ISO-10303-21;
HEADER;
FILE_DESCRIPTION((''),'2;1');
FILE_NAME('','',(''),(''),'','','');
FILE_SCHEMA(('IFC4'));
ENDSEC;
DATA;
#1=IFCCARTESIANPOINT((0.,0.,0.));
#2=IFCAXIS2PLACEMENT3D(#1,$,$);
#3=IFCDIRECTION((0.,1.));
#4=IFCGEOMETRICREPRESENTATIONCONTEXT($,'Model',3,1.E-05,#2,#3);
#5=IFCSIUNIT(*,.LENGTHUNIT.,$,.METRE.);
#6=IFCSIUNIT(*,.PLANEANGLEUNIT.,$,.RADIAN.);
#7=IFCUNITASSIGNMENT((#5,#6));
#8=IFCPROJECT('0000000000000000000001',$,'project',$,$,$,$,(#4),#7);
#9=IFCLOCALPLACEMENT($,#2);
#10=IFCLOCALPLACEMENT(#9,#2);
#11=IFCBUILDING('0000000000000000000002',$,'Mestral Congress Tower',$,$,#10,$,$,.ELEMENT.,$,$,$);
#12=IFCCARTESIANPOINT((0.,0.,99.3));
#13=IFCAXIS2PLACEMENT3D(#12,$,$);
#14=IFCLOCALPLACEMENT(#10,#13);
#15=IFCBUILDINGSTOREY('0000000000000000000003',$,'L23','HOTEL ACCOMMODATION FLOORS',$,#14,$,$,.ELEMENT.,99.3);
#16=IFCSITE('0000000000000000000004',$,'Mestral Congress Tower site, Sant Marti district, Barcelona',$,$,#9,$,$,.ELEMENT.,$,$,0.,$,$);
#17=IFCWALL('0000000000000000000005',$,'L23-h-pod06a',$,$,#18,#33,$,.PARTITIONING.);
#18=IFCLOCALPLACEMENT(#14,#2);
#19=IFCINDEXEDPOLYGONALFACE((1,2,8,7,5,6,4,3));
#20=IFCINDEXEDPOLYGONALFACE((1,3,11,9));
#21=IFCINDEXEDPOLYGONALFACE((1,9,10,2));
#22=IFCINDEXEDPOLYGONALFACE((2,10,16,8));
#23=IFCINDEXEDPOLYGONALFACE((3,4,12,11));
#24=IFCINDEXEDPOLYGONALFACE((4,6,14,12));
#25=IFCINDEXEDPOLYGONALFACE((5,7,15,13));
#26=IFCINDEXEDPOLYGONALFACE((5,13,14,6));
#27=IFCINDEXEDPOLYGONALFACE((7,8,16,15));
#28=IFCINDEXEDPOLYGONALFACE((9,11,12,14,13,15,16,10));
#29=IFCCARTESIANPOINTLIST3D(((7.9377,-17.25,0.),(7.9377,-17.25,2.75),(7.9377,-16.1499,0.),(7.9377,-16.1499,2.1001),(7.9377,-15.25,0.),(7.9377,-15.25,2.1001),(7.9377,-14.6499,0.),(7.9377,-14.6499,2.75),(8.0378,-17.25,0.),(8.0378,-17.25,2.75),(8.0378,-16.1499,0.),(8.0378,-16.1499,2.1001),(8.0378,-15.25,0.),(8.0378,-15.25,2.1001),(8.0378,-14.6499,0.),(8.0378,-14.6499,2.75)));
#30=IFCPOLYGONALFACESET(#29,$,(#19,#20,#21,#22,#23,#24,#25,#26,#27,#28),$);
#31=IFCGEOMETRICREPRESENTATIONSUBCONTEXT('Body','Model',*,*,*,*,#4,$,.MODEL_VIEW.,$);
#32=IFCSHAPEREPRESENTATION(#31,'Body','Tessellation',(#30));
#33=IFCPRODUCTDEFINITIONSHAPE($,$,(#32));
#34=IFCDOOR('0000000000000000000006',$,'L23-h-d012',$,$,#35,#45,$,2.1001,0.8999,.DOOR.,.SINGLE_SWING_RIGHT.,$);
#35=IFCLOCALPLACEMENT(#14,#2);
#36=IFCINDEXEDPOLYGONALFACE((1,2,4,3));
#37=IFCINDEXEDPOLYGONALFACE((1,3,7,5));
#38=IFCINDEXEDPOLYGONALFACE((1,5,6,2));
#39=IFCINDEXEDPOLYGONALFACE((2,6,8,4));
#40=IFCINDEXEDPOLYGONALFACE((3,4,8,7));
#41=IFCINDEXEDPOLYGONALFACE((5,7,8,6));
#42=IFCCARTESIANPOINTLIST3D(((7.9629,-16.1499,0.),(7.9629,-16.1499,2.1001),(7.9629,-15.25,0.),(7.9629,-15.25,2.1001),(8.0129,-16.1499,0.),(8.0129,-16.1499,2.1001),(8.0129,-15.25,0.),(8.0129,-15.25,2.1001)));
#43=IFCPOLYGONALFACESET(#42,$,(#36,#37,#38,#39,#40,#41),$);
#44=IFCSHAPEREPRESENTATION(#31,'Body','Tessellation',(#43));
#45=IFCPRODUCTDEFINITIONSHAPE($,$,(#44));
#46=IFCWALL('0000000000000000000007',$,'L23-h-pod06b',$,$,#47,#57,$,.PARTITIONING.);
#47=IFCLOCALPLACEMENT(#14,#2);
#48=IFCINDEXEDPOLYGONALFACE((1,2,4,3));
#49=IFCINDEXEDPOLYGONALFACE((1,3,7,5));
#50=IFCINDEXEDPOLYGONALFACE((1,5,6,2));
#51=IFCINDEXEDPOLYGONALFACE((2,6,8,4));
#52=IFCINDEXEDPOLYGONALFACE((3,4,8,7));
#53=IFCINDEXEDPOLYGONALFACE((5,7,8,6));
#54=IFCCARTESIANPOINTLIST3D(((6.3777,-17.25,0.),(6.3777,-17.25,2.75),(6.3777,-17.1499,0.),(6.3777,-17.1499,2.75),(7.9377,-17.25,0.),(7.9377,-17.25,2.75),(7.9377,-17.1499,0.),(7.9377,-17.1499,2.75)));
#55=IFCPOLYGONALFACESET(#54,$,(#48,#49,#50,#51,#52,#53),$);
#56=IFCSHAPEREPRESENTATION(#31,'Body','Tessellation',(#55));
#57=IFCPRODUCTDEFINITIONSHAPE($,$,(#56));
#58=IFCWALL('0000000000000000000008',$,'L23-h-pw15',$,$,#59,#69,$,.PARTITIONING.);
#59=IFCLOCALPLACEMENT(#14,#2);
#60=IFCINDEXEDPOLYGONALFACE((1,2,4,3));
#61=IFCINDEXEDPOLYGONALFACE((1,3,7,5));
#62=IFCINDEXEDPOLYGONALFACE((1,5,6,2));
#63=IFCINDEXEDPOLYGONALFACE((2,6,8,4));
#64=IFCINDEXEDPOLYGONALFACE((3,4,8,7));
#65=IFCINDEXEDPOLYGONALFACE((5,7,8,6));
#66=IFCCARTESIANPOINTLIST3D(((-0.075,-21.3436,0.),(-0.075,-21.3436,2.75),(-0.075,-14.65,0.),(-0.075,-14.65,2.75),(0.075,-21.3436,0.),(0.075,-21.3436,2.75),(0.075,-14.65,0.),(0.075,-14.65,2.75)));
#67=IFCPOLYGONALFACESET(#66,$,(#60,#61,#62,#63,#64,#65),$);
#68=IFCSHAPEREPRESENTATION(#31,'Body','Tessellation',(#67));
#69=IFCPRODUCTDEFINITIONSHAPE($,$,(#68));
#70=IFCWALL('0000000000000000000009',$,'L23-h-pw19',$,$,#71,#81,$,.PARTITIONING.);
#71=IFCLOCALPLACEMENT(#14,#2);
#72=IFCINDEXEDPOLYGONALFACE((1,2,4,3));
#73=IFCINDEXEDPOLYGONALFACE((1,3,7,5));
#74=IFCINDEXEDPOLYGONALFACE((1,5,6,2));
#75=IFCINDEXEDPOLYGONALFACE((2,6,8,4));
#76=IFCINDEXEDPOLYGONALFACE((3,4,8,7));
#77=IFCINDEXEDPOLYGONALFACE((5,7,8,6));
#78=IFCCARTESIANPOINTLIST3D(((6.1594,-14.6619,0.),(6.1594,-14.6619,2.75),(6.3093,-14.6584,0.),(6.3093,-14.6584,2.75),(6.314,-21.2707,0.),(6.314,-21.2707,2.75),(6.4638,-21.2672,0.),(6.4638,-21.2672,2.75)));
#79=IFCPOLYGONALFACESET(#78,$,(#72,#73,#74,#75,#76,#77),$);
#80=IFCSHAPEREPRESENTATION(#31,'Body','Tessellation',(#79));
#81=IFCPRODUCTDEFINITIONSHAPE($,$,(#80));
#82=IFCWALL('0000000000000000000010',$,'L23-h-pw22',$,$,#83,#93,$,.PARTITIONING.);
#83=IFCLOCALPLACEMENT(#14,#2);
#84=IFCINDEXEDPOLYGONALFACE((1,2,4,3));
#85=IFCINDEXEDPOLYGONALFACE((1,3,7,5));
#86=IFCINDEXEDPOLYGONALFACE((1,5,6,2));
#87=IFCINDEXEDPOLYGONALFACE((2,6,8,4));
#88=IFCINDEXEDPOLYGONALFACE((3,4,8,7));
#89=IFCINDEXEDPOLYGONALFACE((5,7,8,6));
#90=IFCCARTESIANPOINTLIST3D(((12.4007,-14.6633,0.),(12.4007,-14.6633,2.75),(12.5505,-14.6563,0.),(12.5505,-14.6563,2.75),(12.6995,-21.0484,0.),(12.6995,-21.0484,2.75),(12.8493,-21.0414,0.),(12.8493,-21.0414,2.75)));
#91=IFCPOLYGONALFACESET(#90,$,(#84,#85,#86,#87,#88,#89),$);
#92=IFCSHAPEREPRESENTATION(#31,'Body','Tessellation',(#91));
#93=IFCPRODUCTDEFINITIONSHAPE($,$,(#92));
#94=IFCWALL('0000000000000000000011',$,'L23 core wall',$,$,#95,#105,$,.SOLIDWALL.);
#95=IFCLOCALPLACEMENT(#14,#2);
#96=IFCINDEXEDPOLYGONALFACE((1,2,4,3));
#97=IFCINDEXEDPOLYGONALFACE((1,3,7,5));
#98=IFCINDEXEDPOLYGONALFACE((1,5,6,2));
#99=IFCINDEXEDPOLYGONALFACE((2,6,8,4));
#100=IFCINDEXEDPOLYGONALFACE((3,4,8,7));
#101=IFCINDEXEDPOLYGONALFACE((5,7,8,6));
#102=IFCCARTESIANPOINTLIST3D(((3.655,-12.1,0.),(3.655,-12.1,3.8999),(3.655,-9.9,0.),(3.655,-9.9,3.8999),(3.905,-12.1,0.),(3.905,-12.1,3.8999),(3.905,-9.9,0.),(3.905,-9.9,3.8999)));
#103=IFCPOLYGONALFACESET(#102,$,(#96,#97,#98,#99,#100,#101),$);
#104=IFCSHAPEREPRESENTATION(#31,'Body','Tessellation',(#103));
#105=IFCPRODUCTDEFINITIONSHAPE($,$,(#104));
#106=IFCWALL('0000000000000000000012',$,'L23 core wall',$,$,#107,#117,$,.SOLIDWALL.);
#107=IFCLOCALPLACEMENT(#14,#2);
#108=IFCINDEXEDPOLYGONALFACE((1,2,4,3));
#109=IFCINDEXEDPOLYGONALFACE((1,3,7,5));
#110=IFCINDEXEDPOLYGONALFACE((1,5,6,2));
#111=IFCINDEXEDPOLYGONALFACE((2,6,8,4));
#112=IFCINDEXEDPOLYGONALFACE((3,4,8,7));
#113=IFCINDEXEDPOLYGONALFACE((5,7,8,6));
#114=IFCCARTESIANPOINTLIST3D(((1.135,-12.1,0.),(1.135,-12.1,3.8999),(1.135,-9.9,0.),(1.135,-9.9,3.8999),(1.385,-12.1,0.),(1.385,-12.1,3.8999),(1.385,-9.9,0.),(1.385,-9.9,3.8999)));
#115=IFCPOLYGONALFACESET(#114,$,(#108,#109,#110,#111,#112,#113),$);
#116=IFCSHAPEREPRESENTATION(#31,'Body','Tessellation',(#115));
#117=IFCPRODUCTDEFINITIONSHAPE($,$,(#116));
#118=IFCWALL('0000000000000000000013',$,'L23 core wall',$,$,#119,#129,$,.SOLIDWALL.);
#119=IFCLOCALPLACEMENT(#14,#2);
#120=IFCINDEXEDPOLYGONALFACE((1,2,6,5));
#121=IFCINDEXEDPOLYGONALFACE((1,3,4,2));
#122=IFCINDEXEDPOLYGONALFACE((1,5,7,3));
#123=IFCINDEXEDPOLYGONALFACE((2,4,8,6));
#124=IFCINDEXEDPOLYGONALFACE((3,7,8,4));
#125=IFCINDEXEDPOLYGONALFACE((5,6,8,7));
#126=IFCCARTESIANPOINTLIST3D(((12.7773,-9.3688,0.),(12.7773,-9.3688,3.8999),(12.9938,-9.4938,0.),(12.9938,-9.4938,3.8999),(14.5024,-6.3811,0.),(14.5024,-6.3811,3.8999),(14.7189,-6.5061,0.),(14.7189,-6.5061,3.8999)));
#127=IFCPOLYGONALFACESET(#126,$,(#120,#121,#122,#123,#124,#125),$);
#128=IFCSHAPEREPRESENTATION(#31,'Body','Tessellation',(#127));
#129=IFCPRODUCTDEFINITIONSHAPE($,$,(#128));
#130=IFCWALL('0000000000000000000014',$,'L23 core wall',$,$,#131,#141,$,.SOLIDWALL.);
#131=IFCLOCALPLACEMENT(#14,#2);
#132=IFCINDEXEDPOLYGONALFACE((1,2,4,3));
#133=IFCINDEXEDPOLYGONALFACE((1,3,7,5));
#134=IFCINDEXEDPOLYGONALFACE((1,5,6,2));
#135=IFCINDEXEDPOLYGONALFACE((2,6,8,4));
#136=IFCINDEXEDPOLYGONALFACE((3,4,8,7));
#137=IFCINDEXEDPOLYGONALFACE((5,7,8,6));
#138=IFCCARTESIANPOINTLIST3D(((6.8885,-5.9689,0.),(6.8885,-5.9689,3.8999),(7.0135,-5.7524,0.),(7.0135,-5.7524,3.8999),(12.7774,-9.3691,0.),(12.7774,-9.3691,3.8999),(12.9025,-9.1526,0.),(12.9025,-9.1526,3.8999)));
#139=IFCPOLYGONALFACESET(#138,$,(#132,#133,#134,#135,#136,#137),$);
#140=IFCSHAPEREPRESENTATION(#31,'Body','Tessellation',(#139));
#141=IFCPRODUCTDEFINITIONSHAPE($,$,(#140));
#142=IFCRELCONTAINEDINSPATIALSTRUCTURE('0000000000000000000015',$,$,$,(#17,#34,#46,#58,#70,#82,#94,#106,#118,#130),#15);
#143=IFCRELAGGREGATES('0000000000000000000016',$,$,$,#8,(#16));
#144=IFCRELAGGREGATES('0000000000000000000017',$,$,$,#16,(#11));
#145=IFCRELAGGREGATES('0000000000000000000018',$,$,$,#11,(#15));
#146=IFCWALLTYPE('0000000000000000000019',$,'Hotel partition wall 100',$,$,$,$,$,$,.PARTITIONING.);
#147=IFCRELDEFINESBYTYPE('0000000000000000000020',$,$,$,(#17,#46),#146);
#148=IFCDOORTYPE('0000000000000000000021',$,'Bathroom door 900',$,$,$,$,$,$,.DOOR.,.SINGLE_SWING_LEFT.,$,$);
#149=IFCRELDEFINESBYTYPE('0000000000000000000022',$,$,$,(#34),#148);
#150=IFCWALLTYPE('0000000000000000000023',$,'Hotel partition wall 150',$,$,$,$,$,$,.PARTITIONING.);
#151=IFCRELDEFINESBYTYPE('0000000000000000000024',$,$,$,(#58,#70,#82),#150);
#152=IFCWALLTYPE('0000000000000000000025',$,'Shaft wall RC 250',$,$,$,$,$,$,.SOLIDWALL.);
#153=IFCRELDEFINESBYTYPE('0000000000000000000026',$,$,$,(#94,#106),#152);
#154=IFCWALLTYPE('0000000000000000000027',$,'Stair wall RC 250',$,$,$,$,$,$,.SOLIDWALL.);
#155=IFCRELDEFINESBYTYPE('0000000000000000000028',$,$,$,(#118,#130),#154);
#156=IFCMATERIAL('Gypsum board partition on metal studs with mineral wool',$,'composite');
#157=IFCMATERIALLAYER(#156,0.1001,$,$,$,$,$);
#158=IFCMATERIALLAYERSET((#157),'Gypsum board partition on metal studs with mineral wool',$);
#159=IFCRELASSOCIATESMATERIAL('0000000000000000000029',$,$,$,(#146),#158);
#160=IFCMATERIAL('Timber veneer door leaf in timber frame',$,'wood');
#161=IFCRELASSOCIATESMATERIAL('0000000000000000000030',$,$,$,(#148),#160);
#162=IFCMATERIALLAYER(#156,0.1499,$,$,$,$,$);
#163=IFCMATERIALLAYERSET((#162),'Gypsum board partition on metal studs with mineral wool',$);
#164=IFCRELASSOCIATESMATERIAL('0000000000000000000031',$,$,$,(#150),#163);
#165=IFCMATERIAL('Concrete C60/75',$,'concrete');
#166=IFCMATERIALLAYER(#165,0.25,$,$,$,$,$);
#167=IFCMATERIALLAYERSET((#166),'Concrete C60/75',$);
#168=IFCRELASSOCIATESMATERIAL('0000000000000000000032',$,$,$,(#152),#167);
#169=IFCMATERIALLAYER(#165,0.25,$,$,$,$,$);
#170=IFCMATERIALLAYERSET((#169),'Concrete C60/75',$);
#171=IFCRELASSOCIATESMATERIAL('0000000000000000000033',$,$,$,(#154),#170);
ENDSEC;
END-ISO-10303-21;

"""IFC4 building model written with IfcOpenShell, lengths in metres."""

from ifc_helpers import new_model, si_unit, direction, frame, frame_2d, origin, place, context, subcontext, project, spatial, rectangle, extrude, material, layer, layer_set, type_object, element, fill, save


model = new_model("IFC4")

# Units and contexts
model_context = context("Model", 3, precision=1e-05, world=origin(), true_north=direction((0.0, 1.0)))
body_context = subcontext(model_context, "Body", "Model", "MODEL_VIEW")
ifc_project = project(units=[si_unit("LENGTHUNIT", "METRE"), si_unit("PLANEANGLEUNIT", "RADIAN")], contexts=[model_context])

# Site, building, storey
site_placement = place(None, origin())
site = spatial("IfcSite", under=ifc_project, at=site_placement, Name="Mestral Congress Tower site, Sant Marti district, Barcelona", CompositionType="ELEMENT", RefElevation=0.0)
building_placement = place(site_placement, origin())
building = spatial("IfcBuilding", under=site, at=building_placement, Name="Mestral Congress Tower", CompositionType="ELEMENT")
storey_placement = place(building_placement, frame((0.0, 0.0, 99.3)))
storey = spatial("IfcBuildingStorey", under=building, at=storey_placement, Name="L23", Description="HOTEL ACCOMMODATION FLOORS", CompositionType="ELEMENT", Elevation=99.3)

# Shared definitions
ifc_material_1 = material(Name="Concrete C60/75", Category="concrete")

# Shared definitions
ifc_material_2 = material(Name="Gypsum board partition on metal studs with mineral wool", Category="composite")
ifc_layer_1 = layer(ifc_material_2, 0.1001)
ifc_layer_set_1 = layer_set([ifc_layer_1], Name="Gypsum board partition on metal studs with mineral wool")
wall_type_1 = type_object("IfcWallType", Name="Hotel partition wall 100", PredefinedType="PARTITIONING", material=ifc_layer_set_1)
ifc_material_3 = material(Name="Timber veneer door leaf in timber frame", Category="wood")
door_type_1 = type_object("IfcDoorType", Name="Bathroom door 900", OperationType="SINGLE_SWING_LEFT", PredefinedType="DOOR", material=ifc_material_3)

# Wall, opening, door
wall_1_placement = place(storey_placement, frame((7.9878, -17.25, 0.0), z_axis=(0.0, 0.0, 1.0), x_axis=(0.0, 1.0, 0.0)))
wall_1 = element("IfcWall", 1, at=wall_1_placement, inside=storey, type_object=wall_type_1, Name="L23-h-pod06a", PredefinedType="PARTITIONING", context=body_context, shape_type="SweptSolid", body=[
    extrude(rectangle(XDim=2.6001, YDim=0.1001, at=frame_2d((1.3, 0.0))), origin(), (0.0, 0.0, 1.0), 2.75),
])
opening_1_placement = place(wall_1_placement, frame((1.1001, 0.0, 0.0)))
opening_1 = element("IfcOpeningElement", 2, at=opening_1_placement, cuts=wall_1, PredefinedType="OPENING", context=body_context, shape_type="SweptSolid", body=[
    extrude(rectangle(XDim=0.8999, YDim=2.1001, at=frame_2d((0.45, 1.05))), frame((0.0, 0.0601, 0.0), z_axis=(0.0, -1.0, 0.0), x_axis=(1.0, 0.0, 0.0)), (0.0, 0.0, 1.0), 0.1201),
])
door_1_placement = place(opening_1_placement, origin())
door_1 = element("IfcDoor", 3, at=door_1_placement, inside=storey, type_object=door_type_1, Name="L23-h-d012", OperationType="SINGLE_SWING_RIGHT", OverallHeight=2.1001, OverallWidth=0.8999, PredefinedType="DOOR", context=body_context, shape_type="SweptSolid", body=[
    extrude(rectangle(XDim=0.8999, YDim=2.1001, at=frame_2d((0.45, 1.05))), frame((0.0, 0.0249, 0.0), z_axis=(0.0, -1.0, 0.0), x_axis=(1.0, 0.0, 0.0)), (0.0, 0.0, 1.0), 0.05),
])
fill(opening_1, door_1)

# Walls
wall_2_placement = place(storey_placement, frame((7.9377, -17.2, 0.0), z_axis=(0.0, 0.0, 1.0), x_axis=(-1.0, 0.0, 0.0)))
element("IfcWall", 4, at=wall_2_placement, inside=storey, type_object=wall_type_1, Name="L23-h-pod06b", PredefinedType="PARTITIONING", context=body_context, shape_type="SweptSolid", body=[
    extrude(rectangle(XDim=1.5601, YDim=0.1001, at=frame_2d((0.78, 0.0))), origin(), (0.0, 0.0, 1.0), 2.75),
])
ifc_layer_2 = layer(ifc_material_2, 0.1499)
ifc_layer_set_2 = layer_set([ifc_layer_2], Name="Gypsum board partition on metal studs with mineral wool")
wall_type_2 = type_object("IfcWallType", Name="Hotel partition wall 150", PredefinedType="PARTITIONING", material=ifc_layer_set_2)
wall_3_placement = place(storey_placement, frame((0.0, -21.3435, 0.0), z_axis=(0.0, 0.0, 1.0), x_axis=(0.0, 1.0, 0.0)))
element("IfcWall", 5, at=wall_3_placement, inside=storey, type_object=wall_type_2, Name="L23-h-pw15", PredefinedType="PARTITIONING", context=body_context, shape_type="SweptSolid", body=[
    extrude(rectangle(XDim=6.6936, YDim=0.1499, at=frame_2d((3.3467, 0.0))), origin(), (0.0, 0.0, 1.0), 2.75),
])
wall_4_placement = place(storey_placement, frame((6.3889, -21.2688, 0.0), z_axis=(0.0, 0.0, 1.0), x_axis=(-0.023377, 0.999727, 0.0)))
element("IfcWall", 6, at=wall_4_placement, inside=storey, type_object=wall_type_2, Name="L23-h-pw19", PredefinedType="PARTITIONING", context=body_context, shape_type="SweptSolid", body=[
    extrude(rectangle(XDim=6.6106, YDim=0.1499, at=frame_2d((3.3052, 0.0))), origin(), (0.0, 0.0, 1.0), 2.75),
])
wall_5_placement = place(storey_placement, frame((12.7744, -21.0449, 0.0), z_axis=(0.0, 0.0, 1.0), x_axis=(-0.04675, 0.998907, 0.0)))
element("IfcWall", 7, at=wall_5_placement, inside=storey, type_object=wall_type_2, Name="L23-h-pw22", PredefinedType="PARTITIONING", context=body_context, shape_type="SweptSolid", body=[
    extrude(rectangle(XDim=6.3921, YDim=0.1499, at=frame_2d((3.196, 0.0))), origin(), (0.0, 0.0, 1.0), 2.75),
])
ifc_layer_3 = layer(ifc_material_1, 0.25)
ifc_layer_set_3 = layer_set([ifc_layer_3], Name="Concrete C60/75")
wall_type_3 = type_object("IfcWallType", Name="Shaft wall RC 250", PredefinedType="SOLIDWALL", material=ifc_layer_set_3)
for number, where, z_axis, x_axis, name in (
    (8, (3.78, -12.1001, 0.0), (0.0, 0.0, 1.0), (0.0, 1.0, 0.0), "L23 core wall"),
    (9, (1.26, -12.1001, 0.0), (0.0, 0.0, 1.0), (0.0, 1.0, 0.0), "L23 core wall"),
):
    element("IfcWall", number, at=place(storey_placement, frame(where, z_axis=z_axis, x_axis=x_axis)), inside=storey, type_object=wall_type_3, Name=name, PredefinedType="SOLIDWALL", context=body_context, shape_type="SweptSolid", body=[
        extrude(rectangle(XDim=2.2, YDim=0.25, at=frame_2d((1.1001, 0.0))), origin(), (0.0, 0.0, 1.0), 3.8999),
    ])
ifc_layer_4 = layer(ifc_material_1, 0.25)
ifc_layer_set_4 = layer_set([ifc_layer_4], Name="Concrete C60/75")
wall_type_4 = type_object("IfcWallType", Name="Stair wall RC 250", PredefinedType="SOLIDWALL", material=ifc_layer_set_4)
wall_6_placement = place(storey_placement, frame((12.8855, -9.4314, 0.0), z_axis=(0.0, 0.0, 1.0), x_axis=(0.500021, 0.866014, 0.0)))
element("IfcWall", 10, at=wall_6_placement, inside=storey, type_object=wall_type_4, Name="L23 core wall", PredefinedType="SOLIDWALL", context=body_context, shape_type="SweptSolid", body=[
    extrude(rectangle(XDim=3.45, YDim=0.25, at=frame_2d((1.7251, 0.0))), origin(), (0.0, 0.0, 1.0), 3.8999),
])
wall_7_placement = place(storey_placement, frame((12.8398, -9.2607, 0.0), z_axis=(0.0, 0.0, 1.0), x_axis=(-0.866014, 0.50002, 0.0)))
element("IfcWall", 11, at=wall_7_placement, inside=storey, type_object=wall_type_4, Name="L23 core wall", PredefinedType="SOLIDWALL", context=body_context, shape_type="SweptSolid", body=[
    extrude(rectangle(XDim=6.8, YDim=0.25, at=frame_2d((3.3999, 0.0))), origin(), (0.0, 0.0, 1.0), 3.8999),
])

save(model, "model.ifc")
